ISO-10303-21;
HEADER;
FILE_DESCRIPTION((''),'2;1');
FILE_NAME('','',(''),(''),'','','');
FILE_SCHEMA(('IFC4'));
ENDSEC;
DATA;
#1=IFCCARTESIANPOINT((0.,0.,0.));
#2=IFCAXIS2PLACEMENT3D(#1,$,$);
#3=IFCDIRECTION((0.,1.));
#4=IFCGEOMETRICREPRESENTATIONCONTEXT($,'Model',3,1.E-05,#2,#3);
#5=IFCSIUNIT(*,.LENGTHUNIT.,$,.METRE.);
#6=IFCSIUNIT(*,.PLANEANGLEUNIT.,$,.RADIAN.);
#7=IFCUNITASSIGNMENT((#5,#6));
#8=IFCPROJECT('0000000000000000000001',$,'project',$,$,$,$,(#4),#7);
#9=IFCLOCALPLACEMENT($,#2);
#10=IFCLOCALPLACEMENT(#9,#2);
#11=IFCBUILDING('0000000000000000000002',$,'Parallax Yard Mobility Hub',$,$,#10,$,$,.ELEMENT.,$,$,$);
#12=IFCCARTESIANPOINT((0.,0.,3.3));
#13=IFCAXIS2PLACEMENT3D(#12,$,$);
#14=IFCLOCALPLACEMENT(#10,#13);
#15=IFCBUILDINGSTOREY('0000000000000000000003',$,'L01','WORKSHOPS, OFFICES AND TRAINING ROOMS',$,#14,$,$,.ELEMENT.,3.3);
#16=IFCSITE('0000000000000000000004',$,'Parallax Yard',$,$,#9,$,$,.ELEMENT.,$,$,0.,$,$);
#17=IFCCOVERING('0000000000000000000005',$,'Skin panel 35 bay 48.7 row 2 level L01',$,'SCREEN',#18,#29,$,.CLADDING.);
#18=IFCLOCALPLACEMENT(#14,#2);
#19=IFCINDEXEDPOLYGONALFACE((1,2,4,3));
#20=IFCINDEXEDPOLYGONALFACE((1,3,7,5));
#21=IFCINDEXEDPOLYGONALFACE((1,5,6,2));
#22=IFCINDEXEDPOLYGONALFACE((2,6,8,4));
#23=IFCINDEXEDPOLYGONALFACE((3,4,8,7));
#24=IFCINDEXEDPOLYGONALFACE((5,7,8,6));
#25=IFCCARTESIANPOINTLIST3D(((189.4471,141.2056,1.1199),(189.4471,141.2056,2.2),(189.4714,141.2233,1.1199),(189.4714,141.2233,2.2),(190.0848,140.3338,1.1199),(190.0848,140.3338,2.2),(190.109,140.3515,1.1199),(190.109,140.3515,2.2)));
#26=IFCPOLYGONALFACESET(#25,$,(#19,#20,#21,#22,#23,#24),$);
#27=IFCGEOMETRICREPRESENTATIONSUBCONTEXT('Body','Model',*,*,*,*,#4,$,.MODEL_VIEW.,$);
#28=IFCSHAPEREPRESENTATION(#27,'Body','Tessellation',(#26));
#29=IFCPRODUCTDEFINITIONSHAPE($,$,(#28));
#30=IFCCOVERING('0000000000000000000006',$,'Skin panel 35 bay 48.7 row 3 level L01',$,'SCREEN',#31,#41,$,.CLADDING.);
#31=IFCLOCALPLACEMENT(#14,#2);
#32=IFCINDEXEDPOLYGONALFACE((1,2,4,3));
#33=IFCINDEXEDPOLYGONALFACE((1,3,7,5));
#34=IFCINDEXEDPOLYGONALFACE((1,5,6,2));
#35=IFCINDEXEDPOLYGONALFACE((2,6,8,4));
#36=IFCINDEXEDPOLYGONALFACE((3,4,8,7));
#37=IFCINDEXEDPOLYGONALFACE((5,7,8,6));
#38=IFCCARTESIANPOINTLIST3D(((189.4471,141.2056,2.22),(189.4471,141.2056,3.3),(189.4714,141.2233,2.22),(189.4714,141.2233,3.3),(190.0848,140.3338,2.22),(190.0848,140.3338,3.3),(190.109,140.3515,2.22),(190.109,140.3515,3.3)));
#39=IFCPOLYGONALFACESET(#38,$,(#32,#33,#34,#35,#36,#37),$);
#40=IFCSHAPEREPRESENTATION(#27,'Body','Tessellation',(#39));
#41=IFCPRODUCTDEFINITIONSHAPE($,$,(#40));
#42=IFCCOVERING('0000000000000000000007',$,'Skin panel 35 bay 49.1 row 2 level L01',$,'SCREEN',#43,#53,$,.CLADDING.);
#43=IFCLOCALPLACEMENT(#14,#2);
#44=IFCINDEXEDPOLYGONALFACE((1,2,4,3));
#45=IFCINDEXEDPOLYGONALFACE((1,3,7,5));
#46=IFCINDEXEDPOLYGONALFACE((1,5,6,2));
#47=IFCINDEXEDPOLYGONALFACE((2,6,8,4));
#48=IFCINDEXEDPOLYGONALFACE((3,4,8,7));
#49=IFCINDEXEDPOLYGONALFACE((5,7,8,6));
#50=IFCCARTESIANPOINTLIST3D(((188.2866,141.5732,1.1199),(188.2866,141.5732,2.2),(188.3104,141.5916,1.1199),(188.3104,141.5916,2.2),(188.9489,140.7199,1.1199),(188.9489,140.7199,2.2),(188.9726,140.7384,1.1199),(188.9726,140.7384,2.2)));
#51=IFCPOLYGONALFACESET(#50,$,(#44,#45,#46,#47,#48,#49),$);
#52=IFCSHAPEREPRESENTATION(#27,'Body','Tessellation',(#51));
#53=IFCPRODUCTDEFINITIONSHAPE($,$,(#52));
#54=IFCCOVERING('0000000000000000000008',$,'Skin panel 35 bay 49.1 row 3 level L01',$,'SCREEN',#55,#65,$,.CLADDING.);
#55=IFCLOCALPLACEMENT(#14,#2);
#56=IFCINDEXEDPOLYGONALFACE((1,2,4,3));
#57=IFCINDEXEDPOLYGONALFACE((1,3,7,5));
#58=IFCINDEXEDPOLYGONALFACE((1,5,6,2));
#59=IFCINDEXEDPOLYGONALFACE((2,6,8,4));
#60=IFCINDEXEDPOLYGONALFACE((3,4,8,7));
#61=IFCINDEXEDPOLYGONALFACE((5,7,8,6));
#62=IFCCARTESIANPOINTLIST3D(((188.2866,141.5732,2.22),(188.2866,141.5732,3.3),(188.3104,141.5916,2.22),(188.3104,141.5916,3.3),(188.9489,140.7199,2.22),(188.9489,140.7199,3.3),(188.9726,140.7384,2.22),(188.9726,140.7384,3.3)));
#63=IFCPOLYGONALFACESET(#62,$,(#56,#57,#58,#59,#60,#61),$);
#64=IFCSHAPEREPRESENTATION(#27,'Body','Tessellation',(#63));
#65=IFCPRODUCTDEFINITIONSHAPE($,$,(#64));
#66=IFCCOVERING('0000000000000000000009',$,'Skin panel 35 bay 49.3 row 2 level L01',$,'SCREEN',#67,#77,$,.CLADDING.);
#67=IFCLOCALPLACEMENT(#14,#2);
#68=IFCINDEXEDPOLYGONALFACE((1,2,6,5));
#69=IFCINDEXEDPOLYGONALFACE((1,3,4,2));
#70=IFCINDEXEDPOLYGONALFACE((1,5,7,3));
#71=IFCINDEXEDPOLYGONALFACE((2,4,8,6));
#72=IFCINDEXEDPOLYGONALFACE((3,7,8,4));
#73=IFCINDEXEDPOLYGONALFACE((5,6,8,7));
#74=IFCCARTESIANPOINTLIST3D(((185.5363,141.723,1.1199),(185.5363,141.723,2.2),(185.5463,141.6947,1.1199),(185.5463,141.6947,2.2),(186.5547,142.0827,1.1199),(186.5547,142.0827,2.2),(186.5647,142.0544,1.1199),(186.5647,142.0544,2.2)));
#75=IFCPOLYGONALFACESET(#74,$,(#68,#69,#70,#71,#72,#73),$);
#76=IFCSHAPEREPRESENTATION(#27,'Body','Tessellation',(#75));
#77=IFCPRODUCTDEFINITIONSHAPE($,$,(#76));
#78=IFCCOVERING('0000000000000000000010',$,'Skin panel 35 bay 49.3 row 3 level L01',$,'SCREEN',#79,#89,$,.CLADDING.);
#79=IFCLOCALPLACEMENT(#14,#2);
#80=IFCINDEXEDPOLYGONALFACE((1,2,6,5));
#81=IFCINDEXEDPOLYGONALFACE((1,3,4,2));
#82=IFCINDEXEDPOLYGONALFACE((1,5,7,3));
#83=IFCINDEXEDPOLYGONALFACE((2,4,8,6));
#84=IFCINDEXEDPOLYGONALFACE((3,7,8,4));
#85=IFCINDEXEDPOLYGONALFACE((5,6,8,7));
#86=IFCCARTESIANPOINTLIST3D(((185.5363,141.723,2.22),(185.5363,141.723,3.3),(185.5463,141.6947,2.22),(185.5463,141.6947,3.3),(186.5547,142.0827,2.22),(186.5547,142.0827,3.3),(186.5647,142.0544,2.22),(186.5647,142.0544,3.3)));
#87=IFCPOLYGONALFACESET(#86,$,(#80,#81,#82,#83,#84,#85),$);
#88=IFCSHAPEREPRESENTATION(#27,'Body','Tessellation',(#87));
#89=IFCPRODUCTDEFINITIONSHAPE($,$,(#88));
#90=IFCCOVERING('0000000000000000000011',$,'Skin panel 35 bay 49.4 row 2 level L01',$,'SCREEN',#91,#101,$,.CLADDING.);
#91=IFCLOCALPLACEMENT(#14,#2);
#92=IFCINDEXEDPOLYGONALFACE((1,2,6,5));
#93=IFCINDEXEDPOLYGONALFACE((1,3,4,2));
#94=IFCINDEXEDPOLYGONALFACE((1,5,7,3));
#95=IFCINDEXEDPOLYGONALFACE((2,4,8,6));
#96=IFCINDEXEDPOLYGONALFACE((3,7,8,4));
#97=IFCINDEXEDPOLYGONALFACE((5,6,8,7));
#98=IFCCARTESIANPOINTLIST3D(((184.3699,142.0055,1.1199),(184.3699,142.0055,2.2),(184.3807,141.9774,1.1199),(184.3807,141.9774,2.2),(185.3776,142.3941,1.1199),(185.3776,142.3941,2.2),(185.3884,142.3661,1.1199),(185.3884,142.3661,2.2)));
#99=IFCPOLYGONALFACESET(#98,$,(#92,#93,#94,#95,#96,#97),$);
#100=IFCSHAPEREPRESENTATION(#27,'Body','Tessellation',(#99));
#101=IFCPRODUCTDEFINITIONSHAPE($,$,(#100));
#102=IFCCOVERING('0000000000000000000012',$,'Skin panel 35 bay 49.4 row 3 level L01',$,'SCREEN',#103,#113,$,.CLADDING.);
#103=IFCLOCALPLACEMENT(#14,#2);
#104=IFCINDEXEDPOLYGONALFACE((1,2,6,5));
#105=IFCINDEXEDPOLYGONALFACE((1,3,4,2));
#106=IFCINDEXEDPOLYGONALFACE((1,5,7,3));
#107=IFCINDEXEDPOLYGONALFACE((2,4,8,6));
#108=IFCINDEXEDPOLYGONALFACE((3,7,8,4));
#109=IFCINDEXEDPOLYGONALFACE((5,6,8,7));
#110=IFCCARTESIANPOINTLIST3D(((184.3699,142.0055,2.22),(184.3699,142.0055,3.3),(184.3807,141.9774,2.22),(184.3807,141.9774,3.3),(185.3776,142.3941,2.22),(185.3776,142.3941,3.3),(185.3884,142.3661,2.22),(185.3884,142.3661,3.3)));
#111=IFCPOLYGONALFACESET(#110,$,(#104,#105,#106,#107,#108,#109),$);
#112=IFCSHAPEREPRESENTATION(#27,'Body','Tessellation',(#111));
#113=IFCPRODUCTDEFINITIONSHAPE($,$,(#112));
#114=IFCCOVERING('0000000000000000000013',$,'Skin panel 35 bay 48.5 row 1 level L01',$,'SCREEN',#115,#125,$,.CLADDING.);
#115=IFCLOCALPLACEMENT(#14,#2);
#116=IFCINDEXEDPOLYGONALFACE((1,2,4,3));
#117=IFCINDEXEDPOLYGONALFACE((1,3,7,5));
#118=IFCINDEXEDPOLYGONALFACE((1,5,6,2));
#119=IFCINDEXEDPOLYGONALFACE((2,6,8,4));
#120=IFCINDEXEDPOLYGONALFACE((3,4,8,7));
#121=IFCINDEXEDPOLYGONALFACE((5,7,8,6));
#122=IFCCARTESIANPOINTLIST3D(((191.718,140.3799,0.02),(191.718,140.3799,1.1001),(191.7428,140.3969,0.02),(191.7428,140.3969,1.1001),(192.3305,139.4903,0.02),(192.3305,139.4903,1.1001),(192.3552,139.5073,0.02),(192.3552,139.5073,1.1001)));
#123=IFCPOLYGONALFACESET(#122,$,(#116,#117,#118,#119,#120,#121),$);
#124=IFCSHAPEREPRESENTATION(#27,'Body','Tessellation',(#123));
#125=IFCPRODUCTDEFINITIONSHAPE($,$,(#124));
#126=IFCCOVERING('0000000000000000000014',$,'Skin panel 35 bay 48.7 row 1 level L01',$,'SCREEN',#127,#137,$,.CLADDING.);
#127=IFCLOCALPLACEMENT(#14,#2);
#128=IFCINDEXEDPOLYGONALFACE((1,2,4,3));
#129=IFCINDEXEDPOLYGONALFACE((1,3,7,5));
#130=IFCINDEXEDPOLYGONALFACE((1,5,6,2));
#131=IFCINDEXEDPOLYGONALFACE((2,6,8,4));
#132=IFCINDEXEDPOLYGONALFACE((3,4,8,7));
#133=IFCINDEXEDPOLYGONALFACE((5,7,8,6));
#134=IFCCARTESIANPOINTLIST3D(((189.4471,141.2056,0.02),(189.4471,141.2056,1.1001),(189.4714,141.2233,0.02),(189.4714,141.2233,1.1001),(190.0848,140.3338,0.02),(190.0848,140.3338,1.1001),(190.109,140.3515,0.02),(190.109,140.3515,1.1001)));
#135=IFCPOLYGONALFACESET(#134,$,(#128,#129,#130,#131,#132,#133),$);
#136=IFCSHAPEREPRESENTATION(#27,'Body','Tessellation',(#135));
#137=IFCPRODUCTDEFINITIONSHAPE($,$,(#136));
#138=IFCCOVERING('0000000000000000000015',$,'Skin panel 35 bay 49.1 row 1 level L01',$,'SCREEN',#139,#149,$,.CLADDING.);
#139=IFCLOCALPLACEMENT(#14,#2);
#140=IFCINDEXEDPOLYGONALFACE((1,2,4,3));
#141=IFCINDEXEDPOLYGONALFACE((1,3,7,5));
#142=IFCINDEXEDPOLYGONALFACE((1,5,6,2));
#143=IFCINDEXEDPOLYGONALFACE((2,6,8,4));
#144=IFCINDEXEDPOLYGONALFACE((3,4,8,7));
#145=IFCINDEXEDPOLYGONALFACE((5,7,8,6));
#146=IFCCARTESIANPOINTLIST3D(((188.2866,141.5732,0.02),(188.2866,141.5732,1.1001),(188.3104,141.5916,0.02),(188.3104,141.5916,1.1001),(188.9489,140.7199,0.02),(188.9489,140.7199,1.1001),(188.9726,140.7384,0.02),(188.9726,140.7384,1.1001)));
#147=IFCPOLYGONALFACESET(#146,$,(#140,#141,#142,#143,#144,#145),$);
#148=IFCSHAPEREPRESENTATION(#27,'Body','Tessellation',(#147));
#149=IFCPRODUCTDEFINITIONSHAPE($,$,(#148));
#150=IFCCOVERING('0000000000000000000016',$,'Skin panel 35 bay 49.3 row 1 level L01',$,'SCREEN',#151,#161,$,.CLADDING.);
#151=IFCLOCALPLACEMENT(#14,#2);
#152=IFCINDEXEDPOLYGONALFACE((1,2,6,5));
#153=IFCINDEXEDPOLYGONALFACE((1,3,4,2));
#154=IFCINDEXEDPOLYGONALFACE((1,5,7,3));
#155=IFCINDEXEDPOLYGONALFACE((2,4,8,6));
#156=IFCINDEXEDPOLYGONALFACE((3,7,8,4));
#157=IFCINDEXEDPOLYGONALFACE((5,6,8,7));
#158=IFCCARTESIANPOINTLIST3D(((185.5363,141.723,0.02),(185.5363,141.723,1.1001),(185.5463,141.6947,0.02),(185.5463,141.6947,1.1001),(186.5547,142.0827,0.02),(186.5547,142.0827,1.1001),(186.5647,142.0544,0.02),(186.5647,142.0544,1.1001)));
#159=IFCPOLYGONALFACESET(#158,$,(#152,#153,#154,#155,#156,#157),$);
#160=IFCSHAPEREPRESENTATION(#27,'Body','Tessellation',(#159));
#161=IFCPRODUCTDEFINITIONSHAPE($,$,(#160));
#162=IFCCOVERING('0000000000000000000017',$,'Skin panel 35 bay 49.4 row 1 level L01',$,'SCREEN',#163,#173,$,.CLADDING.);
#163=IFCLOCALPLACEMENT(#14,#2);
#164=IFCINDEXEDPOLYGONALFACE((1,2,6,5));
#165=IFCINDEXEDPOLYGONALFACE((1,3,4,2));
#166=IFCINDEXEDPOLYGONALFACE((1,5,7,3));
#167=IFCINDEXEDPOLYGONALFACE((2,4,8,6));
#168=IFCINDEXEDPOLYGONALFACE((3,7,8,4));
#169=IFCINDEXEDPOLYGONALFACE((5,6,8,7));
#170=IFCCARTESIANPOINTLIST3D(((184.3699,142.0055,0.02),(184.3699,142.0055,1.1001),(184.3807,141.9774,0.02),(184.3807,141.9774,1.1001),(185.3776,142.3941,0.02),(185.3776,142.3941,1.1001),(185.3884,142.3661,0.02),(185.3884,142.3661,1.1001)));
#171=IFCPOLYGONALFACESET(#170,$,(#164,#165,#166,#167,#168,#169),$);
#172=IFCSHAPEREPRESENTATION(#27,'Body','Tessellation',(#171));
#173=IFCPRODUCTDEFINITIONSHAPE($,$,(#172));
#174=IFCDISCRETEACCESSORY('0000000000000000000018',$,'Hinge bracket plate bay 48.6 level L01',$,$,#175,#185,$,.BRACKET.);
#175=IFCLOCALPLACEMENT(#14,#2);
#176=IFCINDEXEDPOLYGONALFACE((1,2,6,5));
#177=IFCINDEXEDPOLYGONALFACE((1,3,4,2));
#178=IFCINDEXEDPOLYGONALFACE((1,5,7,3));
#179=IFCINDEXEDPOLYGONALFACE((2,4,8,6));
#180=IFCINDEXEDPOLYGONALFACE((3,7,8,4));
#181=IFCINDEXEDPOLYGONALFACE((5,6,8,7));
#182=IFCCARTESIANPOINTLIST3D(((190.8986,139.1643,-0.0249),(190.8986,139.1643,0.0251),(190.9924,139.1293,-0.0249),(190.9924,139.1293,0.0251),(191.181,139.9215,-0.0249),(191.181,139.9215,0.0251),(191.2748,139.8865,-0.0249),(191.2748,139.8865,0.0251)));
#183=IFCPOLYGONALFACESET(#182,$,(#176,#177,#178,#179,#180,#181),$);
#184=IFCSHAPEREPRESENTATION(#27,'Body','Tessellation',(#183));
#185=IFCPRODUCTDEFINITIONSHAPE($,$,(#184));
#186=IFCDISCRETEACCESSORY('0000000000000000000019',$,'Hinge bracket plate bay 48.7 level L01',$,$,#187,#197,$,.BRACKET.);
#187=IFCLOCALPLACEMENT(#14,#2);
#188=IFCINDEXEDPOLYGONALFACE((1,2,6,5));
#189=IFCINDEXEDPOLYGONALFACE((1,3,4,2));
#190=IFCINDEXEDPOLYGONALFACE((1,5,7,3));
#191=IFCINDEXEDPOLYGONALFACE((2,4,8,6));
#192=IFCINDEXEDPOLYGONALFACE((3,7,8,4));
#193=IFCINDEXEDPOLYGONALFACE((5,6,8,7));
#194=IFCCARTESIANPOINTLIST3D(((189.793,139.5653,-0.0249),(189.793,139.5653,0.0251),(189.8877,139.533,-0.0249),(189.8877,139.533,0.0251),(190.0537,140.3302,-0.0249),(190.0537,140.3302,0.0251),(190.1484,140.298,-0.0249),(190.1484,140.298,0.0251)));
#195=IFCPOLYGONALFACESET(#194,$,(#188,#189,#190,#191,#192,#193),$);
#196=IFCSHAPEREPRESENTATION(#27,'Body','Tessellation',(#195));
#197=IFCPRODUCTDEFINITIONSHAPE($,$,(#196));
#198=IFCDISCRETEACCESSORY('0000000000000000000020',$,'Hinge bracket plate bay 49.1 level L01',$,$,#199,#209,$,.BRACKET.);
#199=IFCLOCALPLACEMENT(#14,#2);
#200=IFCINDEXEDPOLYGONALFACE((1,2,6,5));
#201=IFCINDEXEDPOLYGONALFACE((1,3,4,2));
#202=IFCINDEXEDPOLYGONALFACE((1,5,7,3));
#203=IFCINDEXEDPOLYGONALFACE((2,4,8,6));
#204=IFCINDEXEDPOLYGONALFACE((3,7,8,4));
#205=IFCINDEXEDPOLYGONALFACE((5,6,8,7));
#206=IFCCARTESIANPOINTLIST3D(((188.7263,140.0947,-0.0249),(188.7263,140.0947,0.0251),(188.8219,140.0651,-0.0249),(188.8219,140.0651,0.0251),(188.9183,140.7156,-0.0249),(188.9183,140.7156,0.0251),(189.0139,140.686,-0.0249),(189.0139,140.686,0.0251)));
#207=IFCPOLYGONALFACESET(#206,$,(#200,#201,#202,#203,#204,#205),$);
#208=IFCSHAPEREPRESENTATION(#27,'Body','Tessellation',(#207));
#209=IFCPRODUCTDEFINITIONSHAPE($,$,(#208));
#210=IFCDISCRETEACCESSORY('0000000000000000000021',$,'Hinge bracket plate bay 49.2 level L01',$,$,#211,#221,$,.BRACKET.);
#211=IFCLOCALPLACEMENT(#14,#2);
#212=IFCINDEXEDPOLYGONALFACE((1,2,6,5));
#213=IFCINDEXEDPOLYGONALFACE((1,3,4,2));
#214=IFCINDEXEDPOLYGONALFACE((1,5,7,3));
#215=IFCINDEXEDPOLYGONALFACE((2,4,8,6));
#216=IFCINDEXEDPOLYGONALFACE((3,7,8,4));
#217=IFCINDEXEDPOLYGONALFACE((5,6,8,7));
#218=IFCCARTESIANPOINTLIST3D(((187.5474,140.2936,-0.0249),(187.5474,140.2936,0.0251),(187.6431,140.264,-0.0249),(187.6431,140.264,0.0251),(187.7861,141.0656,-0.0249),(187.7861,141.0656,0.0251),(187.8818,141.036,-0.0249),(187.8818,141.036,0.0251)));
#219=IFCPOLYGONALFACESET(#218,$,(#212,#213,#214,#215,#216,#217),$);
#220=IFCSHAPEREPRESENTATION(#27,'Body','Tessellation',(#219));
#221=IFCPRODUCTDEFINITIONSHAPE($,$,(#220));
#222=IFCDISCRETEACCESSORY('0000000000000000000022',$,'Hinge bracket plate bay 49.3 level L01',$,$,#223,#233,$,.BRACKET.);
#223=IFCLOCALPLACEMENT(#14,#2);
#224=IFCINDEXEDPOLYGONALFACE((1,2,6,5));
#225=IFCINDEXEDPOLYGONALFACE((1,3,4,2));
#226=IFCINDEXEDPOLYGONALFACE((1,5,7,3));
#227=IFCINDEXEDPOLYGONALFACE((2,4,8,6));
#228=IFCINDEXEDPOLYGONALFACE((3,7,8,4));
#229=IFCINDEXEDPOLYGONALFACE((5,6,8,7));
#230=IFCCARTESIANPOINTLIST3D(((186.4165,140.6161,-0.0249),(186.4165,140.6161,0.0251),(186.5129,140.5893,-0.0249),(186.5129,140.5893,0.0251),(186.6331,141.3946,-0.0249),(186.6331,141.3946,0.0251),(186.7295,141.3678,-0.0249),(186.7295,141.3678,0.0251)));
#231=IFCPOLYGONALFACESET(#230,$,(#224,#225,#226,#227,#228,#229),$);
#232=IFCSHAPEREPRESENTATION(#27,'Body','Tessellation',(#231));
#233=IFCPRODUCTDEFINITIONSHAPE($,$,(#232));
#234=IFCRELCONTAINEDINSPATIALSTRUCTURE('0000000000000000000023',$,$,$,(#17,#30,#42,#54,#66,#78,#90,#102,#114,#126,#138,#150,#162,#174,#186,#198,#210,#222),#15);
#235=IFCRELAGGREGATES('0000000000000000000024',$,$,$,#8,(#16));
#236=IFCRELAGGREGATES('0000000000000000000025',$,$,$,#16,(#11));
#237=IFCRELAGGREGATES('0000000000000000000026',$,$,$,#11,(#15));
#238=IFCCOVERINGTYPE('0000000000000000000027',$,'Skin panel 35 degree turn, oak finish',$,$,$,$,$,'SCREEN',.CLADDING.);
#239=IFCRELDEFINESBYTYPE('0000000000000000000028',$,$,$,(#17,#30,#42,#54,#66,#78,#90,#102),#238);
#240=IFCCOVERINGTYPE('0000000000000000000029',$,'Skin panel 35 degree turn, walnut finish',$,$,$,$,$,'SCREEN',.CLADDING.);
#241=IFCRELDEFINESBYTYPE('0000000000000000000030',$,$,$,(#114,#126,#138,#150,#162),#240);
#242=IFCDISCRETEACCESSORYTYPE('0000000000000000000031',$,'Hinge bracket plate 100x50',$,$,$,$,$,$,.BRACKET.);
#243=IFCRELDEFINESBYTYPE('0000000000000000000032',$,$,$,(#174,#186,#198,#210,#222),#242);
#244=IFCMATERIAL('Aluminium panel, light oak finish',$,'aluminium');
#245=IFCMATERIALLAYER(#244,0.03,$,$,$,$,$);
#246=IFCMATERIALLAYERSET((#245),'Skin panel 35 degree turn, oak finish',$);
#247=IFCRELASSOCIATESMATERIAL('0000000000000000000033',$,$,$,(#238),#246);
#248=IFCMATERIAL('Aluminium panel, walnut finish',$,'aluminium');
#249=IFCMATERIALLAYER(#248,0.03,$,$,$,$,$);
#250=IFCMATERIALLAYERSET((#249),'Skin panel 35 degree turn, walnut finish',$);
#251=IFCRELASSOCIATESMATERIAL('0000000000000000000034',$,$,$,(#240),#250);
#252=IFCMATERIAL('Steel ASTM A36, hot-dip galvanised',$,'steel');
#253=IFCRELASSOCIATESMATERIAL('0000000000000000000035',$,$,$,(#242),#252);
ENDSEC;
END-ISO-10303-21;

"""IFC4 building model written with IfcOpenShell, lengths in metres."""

from ifc_helpers import new_model, si_unit, direction, frame, origin, origin_2d, place, context, subcontext, project, spatial, rectangle, extrude, material, layer, layer_set, type_object, element, save


model = new_model("IFC4")

# Units and contexts
model_context = context("Model", 3, precision=1e-05, world=origin(), true_north=direction((0.0, 1.0)))
body_context = subcontext(model_context, "Body", "Model", "MODEL_VIEW")
ifc_project = project(units=[si_unit("LENGTHUNIT", "METRE"), si_unit("PLANEANGLEUNIT", "RADIAN")], contexts=[model_context])

# Site, building, storey
site_placement = place(None, origin())
site = spatial("IfcSite", under=ifc_project, at=site_placement, Name="Parallax Yard", CompositionType="ELEMENT", RefElevation=0.0)
building_placement = place(site_placement, origin())
building = spatial("IfcBuilding", under=site, at=building_placement, Name="Parallax Yard Mobility Hub", CompositionType="ELEMENT")
storey_placement = place(building_placement, frame((0.0, 0.0, 3.3)))
storey = spatial("IfcBuildingStorey", under=building, at=storey_placement, Name="L01", Description="WORKSHOPS, OFFICES AND TRAINING ROOMS", CompositionType="ELEMENT", Elevation=3.3)

# Coverings
ifc_material_1 = material(Name="Aluminium panel, light oak finish", Category="aluminium")
ifc_material_2 = material(Name="Aluminium panel, walnut finish", Category="aluminium")
ifc_layer_1 = layer(ifc_material_1, 0.03)
ifc_layer_set_1 = layer_set([ifc_layer_1], Name="Skin panel 35 degree turn, oak finish")
covering_type_1 = type_object("IfcCoveringType", Name="Skin panel 35 degree turn, oak finish", ElementType="SCREEN", PredefinedType="CLADDING", material=ifc_layer_set_1)
for number, where, z_axis, x_axis, name in (
    (1, (189.7781, 140.7786, 1.1199), (0.0, 0.0, 1.0), (-0.590349, 0.807148, 0.0), "Skin panel 35 bay 48.7 row 2 level L01"),
    (2, (189.7781, 140.7786, 2.22), (0.0, 0.0, 1.0), (-0.590349, 0.807148, 0.0), "Skin panel 35 bay 48.7 row 3 level L01"),
    (3, (188.6296, 141.1558, 1.1199), (0.0, 0.0, 1.0), (-0.613158, 0.78996, 0.0), "Skin panel 35 bay 49.1 row 2 level L01"),
    (4, (188.6296, 141.1558, 2.22), (0.0, 0.0, 1.0), (-0.613158, 0.78996, 0.0), "Skin panel 35 bay 49.1 row 3 level L01"),
    (5, (186.0505, 141.8887, 1.1199), (0.0, 0.0, 1.0), (0.942906, 0.333058, 0.0), "Skin panel 35 bay 49.3 row 2 level L01"),
    (6, (186.0505, 141.8887, 2.22), (0.0, 0.0, 1.0), (0.942906, 0.333058, 0.0), "Skin panel 35 bay 49.3 row 3 level L01"),
    (7, (184.8792, 142.1858, 1.1199), (0.0, 0.0, 1.0), (0.933011, 0.359849, 0.0), "Skin panel 35 bay 49.4 row 2 level L01"),
    (8, (184.8792, 142.1858, 2.22), (0.0, 0.0, 1.0), (0.933011, 0.359849, 0.0), "Skin panel 35 bay 49.4 row 3 level L01"),
):
    element("IfcCovering", number, at=place(storey_placement, frame(where, z_axis=z_axis, x_axis=x_axis)), inside=storey, type_object=covering_type_1, Name=name, ObjectType="SCREEN", PredefinedType="CLADDING", context=body_context, shape_type="SweptSolid", body=[
        extrude(rectangle(XDim=1.0801, YDim=0.03, at=origin_2d()), origin(), (0.0, 0.0, 1.0), 1.0801),
    ])
ifc_layer_2 = layer(ifc_material_2, 0.03)
ifc_layer_set_2 = layer_set([ifc_layer_2], Name="Skin panel 35 degree turn, walnut finish")
covering_type_2 = type_object("IfcCoveringType", Name="Skin panel 35 degree turn, walnut finish", ElementType="SCREEN", PredefinedType="CLADDING", material=ifc_layer_set_2)
for number, where, z_axis, x_axis, name in (
    (9, (192.0366, 139.9436, 0.02), (0.0, 0.0, 1.0), (-0.567061, 0.823676, 0.0), "Skin panel 35 bay 48.5 row 1 level L01"),
    (10, (189.7781, 140.7786, 0.02), (0.0, 0.0, 1.0), (-0.590349, 0.807148, 0.0), "Skin panel 35 bay 48.7 row 1 level L01"),
    (11, (188.6296, 141.1558, 0.02), (0.0, 0.0, 1.0), (-0.613158, 0.78996, 0.0), "Skin panel 35 bay 49.1 row 1 level L01"),
    (12, (186.0505, 141.8887, 0.02), (0.0, 0.0, 1.0), (0.942906, 0.333058, 0.0), "Skin panel 35 bay 49.3 row 1 level L01"),
    (13, (184.8792, 142.1858, 0.02), (0.0, 0.0, 1.0), (0.933011, 0.359849, 0.0), "Skin panel 35 bay 49.4 row 1 level L01"),
):
    element("IfcCovering", number, at=place(storey_placement, frame(where, z_axis=z_axis, x_axis=x_axis)), inside=storey, type_object=covering_type_2, Name=name, ObjectType="SCREEN", PredefinedType="CLADDING", context=body_context, shape_type="SweptSolid", body=[
        extrude(rectangle(XDim=1.0801, YDim=0.03, at=origin_2d()), origin(), (0.0, 0.0, 1.0), 1.0801),
    ])

# Discrete accessories
ifc_material_3 = material(Name="Steel ASTM A36, hot-dip galvanised", Category="steel")
discrete_accessory_type_1 = type_object("IfcDiscreteAccessoryType", Name="Hinge bracket plate 100x50", PredefinedType="BRACKET", material=ifc_material_3)
for number, where, z_axis, x_axis, name in (
    (14, (191.0867, 139.5254, -0.0249), (0.0, 0.0, 1.0), (0.349463, 0.93695, 0.0), "Hinge bracket plate bay 48.6 level L01"),
    (15, (189.9707, 139.9316, -0.0249), (0.0, 0.0, 1.0), (0.322566, 0.946547, 0.0), "Hinge bracket plate bay 48.7 level L01"),
):
    element("IfcDiscreteAccessory", number, at=place(storey_placement, frame(where, z_axis=z_axis, x_axis=x_axis)), inside=storey, type_object=discrete_accessory_type_1, Name=name, PredefinedType="BRACKET", context=body_context, shape_type="SweptSolid", body=[
        extrude(rectangle(XDim=0.8081, YDim=0.1001, at=origin_2d()), origin(), (0.0, 0.0, 1.0), 0.05),
    ])
discrete_accessory_placement = place(storey_placement, frame((188.8701, 140.3904, -0.0249), z_axis=(0.0, 0.0, 1.0), x_axis=(0.295405, 0.955372, 0.0)))
element("IfcDiscreteAccessory", 16, at=discrete_accessory_placement, inside=storey, type_object=discrete_accessory_type_1, Name="Hinge bracket plate bay 49.1 level L01", PredefinedType="BRACKET", context=body_context, shape_type="SweptSolid", body=[
    extrude(rectangle(XDim=0.6499, YDim=0.1001, at=origin_2d()), origin(), (0.0, 0.0, 1.0), 0.05),
])
for number, where, z_axis, x_axis, name in (
    (17, (187.7146, 140.6648, -0.0249), (0.0, 0.0, 1.0), (0.295405, 0.955372, 0.0), "Hinge bracket plate bay 49.2 level L01"),
    (18, (186.573, 140.9919, -0.0249), (0.0, 0.0, 1.0), (0.268004, 0.963418, 0.0), "Hinge bracket plate bay 49.3 level L01"),
):
    element("IfcDiscreteAccessory", number, at=place(storey_placement, frame(where, z_axis=z_axis, x_axis=x_axis)), inside=storey, type_object=discrete_accessory_type_1, Name=name, PredefinedType="BRACKET", context=body_context, shape_type="SweptSolid", body=[
        extrude(rectangle(XDim=0.8081, YDim=0.1001, at=origin_2d()), origin(), (0.0, 0.0, 1.0), 0.05),
    ])

save(model, "model.ifc")
